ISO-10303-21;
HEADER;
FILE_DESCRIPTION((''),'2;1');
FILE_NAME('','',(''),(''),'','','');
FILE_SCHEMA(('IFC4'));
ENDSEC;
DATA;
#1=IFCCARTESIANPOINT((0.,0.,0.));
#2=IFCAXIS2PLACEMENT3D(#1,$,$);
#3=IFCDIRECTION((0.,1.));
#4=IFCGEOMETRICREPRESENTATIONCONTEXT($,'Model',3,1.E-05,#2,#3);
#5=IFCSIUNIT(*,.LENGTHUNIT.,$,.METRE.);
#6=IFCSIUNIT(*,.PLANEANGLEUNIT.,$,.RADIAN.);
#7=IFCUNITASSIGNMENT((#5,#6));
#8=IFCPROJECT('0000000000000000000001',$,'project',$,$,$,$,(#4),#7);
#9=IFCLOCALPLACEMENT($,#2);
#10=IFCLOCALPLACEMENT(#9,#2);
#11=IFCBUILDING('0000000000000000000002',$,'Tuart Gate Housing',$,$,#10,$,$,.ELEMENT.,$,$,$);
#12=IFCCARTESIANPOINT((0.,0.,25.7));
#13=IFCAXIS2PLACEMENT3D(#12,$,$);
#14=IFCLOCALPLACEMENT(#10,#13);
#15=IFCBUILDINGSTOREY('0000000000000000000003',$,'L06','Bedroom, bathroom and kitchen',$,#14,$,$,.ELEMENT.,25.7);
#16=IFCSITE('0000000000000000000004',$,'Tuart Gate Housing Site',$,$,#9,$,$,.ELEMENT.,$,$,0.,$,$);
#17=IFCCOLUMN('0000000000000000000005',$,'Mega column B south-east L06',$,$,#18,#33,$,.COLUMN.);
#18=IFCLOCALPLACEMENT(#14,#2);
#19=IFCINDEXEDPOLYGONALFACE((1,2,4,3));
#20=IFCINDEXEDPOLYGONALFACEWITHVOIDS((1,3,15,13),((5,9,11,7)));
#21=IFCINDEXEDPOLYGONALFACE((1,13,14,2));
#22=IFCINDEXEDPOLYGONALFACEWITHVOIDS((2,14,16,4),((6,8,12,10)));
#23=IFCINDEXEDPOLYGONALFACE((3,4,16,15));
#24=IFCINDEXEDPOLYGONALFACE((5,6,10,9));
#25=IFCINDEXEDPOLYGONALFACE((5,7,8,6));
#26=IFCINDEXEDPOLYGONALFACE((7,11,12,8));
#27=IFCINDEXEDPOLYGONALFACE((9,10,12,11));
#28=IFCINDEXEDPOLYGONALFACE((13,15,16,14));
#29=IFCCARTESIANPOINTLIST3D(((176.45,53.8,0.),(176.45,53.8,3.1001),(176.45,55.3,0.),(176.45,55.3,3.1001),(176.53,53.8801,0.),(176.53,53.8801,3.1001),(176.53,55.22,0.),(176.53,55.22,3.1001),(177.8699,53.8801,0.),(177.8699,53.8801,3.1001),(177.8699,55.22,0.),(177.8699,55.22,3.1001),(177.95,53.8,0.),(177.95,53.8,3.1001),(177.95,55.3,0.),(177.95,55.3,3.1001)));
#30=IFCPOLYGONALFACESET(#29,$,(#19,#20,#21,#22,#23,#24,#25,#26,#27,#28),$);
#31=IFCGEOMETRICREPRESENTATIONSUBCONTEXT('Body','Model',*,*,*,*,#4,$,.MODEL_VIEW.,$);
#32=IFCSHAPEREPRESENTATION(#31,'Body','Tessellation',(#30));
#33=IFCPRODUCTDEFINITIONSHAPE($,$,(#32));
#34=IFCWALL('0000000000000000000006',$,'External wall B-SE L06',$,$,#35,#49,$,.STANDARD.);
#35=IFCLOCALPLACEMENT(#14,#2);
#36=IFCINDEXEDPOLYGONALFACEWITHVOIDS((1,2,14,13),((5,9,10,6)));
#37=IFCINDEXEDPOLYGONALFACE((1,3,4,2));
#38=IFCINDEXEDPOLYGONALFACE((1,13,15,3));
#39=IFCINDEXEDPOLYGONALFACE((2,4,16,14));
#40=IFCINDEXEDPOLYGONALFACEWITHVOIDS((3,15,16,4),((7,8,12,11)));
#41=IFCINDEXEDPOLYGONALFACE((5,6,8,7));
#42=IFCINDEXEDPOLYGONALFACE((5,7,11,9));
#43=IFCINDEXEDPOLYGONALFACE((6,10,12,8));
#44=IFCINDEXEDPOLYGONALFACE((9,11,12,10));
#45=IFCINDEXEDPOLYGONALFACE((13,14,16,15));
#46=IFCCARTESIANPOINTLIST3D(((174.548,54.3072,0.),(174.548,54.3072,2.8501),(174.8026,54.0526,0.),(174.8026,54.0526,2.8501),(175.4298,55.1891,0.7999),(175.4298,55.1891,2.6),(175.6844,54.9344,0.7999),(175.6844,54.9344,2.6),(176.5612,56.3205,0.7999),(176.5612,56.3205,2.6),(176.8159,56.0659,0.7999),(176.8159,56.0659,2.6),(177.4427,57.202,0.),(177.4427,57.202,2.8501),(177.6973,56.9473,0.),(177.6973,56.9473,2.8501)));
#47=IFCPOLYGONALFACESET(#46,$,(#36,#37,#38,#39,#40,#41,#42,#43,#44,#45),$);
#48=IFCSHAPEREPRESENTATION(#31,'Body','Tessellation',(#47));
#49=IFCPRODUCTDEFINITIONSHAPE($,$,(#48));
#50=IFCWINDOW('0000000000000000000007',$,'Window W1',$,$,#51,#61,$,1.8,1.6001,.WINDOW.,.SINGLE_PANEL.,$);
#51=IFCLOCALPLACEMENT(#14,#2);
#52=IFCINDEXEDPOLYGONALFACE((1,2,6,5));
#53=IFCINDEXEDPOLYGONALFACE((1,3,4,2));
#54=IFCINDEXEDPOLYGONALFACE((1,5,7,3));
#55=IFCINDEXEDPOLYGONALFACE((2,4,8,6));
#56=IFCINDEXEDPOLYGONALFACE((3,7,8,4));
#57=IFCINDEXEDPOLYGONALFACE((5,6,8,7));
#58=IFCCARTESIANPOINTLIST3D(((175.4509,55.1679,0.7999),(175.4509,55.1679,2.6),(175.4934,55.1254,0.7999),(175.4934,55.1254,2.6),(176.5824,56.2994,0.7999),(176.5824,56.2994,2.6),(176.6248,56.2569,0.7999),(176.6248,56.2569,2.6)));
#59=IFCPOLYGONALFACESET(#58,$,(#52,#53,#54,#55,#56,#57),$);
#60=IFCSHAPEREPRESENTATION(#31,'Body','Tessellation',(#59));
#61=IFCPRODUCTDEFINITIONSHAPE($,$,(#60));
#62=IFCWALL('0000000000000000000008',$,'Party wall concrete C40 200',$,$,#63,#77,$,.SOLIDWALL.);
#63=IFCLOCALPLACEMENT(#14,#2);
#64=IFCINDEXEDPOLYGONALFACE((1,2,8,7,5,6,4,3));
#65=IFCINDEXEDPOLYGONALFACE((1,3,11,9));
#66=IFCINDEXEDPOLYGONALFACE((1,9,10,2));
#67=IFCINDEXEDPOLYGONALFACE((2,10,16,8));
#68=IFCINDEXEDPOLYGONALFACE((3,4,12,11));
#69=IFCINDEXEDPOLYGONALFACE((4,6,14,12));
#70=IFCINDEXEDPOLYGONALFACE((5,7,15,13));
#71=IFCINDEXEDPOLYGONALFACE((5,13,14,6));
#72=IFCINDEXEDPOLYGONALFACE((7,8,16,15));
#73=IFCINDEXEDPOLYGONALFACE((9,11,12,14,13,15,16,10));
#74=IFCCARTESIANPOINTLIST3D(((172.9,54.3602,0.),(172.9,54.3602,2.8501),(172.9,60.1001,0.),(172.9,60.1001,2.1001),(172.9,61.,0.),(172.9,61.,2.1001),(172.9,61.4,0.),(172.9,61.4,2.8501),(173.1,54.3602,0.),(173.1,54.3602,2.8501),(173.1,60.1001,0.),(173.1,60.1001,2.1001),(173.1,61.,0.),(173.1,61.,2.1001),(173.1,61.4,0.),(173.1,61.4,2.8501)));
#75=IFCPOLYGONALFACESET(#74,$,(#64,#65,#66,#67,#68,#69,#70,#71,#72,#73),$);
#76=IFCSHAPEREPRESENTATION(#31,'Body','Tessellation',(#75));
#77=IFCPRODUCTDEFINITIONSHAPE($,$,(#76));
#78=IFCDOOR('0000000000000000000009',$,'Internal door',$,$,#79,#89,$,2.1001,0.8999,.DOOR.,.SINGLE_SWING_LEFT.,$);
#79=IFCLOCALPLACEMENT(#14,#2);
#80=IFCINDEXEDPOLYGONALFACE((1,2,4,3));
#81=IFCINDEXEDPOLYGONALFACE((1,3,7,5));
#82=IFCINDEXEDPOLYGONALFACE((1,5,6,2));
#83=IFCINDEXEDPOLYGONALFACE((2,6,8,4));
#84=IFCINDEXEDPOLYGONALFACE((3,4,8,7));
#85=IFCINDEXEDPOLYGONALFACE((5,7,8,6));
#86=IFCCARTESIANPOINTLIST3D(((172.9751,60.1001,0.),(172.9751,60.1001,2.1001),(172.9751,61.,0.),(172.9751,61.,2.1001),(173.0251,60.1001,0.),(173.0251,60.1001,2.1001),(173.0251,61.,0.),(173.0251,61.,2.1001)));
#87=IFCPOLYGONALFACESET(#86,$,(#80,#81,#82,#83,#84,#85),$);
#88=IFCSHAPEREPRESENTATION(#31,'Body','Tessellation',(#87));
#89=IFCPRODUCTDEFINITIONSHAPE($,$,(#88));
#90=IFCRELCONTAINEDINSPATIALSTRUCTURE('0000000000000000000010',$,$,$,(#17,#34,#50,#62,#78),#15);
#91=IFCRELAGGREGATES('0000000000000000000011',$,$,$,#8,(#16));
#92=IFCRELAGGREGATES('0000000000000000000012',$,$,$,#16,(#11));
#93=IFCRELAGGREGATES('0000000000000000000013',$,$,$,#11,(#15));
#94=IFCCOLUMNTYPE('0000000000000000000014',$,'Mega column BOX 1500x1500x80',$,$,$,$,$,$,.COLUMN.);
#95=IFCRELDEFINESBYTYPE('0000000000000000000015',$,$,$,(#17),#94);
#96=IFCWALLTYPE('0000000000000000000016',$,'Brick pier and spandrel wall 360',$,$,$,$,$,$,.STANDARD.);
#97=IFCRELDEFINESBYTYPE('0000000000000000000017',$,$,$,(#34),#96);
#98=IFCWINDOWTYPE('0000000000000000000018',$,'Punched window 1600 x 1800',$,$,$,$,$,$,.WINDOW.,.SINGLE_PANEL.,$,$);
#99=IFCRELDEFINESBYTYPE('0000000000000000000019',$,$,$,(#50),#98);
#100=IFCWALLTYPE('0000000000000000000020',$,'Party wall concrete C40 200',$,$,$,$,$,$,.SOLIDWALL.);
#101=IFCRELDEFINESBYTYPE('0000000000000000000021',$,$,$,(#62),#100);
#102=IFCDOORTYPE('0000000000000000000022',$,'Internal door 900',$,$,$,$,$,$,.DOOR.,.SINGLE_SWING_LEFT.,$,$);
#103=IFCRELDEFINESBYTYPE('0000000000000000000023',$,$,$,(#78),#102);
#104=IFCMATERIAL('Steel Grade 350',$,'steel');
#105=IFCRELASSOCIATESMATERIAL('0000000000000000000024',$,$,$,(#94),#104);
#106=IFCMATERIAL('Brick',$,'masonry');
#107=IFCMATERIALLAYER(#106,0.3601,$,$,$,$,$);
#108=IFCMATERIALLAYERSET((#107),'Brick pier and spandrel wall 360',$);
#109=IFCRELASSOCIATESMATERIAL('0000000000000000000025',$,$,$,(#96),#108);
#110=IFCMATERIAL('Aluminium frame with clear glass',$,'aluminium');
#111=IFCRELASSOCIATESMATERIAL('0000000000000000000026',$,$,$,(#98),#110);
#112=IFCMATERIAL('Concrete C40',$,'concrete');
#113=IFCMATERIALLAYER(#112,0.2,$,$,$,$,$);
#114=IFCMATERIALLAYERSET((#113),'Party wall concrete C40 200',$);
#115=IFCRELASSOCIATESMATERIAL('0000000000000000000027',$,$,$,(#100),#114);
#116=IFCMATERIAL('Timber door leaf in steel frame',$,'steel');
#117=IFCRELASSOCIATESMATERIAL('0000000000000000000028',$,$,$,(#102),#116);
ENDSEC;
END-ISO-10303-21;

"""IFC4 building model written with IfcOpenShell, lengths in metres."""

from ifc_helpers import new_model, si_unit, direction, frame, frame_2d, origin, origin_2d, place, context, subcontext, project, spatial, rectangle, hollow_rectangle, extrude, material, layer, layer_set, material_profile, profile_set, type_object, element, fill, save


model = new_model("IFC4")

# Units and contexts
model_context = context("Model", 3, precision=1e-05, world=origin(), true_north=direction((0.0, 1.0)))
body_context = subcontext(model_context, "Body", "Model", "MODEL_VIEW")
ifc_project = project(units=[si_unit("LENGTHUNIT", "METRE"), si_unit("PLANEANGLEUNIT", "RADIAN")], contexts=[model_context])

# Site, building, storey
site_placement = place(None, origin())
site = spatial("IfcSite", under=ifc_project, at=site_placement, Name="Tuart Gate Housing Site", CompositionType="ELEMENT", RefElevation=0.0)
building_placement = place(site_placement, origin())
building = spatial("IfcBuilding", under=site, at=building_placement, Name="Tuart Gate Housing", CompositionType="ELEMENT")
storey_placement = place(building_placement, frame((0.0, 0.0, 25.7)))
storey = spatial("IfcBuildingStorey", under=building, at=storey_placement, Name="L06", Description="Bedroom, bathroom and kitchen", CompositionType="ELEMENT", Elevation=25.7)

# Column
ifc_material_1 = material(Name="Steel Grade 350", Category="steel")
ifc_material_profile = material_profile(ifc_material_1, hollow_rectangle(XDim=1.5, YDim=1.5, WallThickness=0.0801, at=origin_2d()), Name="BOX 1500x1500x80")
ifc_profile_set = profile_set([ifc_material_profile], Name="Steel Grade 350")
column_type = type_object("IfcColumnType", Name="Mega column BOX 1500x1500x80", PredefinedType="COLUMN", material=ifc_profile_set)
column_placement = place(storey_placement, frame((177.2, 54.55, 0.0), z_axis=(0.0, 0.0, 1.0), x_axis=(1.0, 0.0, 0.0)))
element("IfcColumn", 1, at=column_placement, inside=storey, type_object=column_type, Name="Mega column B south-east L06", PredefinedType="COLUMN", context=body_context, shape_type="SweptSolid", body=[
    extrude(hollow_rectangle(XDim=1.5, YDim=1.5, WallThickness=0.0801, at=origin_2d()), origin(), (0.0, 0.0, 1.0), 3.1001),
])

# Wall, opening, window
ifc_material_2 = material(Name="Brick", Category="masonry")
ifc_layer_1 = layer(ifc_material_2, 0.3601)
ifc_layer_set_1 = layer_set([ifc_layer_1], Name="Brick pier and spandrel wall 360")
wall_type_1 = type_object("IfcWallType", Name="Brick pier and spandrel wall 360", PredefinedType="STANDARD", material=ifc_layer_set_1)
wall_1_placement = place(storey_placement, frame((174.6753, 54.1799, 0.0), z_axis=(0.0, 0.0, 1.0), x_axis=(0.707107, 0.707107, 0.0)))
wall_1 = element("IfcWall", 2, at=wall_1_placement, inside=storey, type_object=wall_type_1, Name="External wall B-SE L06", PredefinedType="STANDARD", context=body_context, shape_type="SweptSolid", body=[
    extrude(rectangle(XDim=4.0938, YDim=0.3601, at=frame_2d((2.0469, 0.0))), origin(), (0.0, 0.0, 1.0), 2.8501),
])
opening_1_placement = place(wall_1_placement, frame((1.2471, 0.0, 0.8)))
opening_1 = element("IfcOpeningElement", 3, at=opening_1_placement, cuts=wall_1, PredefinedType="OPENING", context=body_context, shape_type="SweptSolid", body=[
    extrude(rectangle(XDim=1.6001, YDim=1.8, at=frame_2d((0.8, 0.8999))), frame((0.0, 0.1899, 0.0), z_axis=(0.0, -1.0, 0.0), x_axis=(1.0, 0.0, 0.0)), (0.0, 0.0, 1.0), 0.3801),
])
ifc_material_3 = material(Name="Aluminium frame with clear glass", Category="aluminium")
window_type_1 = type_object("IfcWindowType", Name="Punched window 1600 x 1800", PartitioningType="SINGLE_PANEL", PredefinedType="WINDOW", material=ifc_material_3)
window_1_placement = place(opening_1_placement, origin())
window_1 = element("IfcWindow", 4, at=window_1_placement, inside=storey, type_object=window_type_1, Name="Window W1", OverallHeight=1.8, OverallWidth=1.6001, PartitioningType="SINGLE_PANEL", PredefinedType="WINDOW", context=body_context, shape_type="SweptSolid", body=[
    extrude(rectangle(XDim=1.6001, YDim=1.8, at=frame_2d((0.8, 0.8999))), frame((0.0, 0.1501, 0.0), z_axis=(0.0, -1.0, 0.0), x_axis=(1.0, 0.0, 0.0)), (0.0, 0.0, 1.0), 0.0601),
])
fill(opening_1, window_1)

# Wall, opening, door
ifc_material_4 = material(Name="Concrete C40", Category="concrete")
ifc_layer_2 = layer(ifc_material_4, 0.2)
ifc_layer_set_2 = layer_set([ifc_layer_2], Name="Party wall concrete C40 200")
wall_type_2 = type_object("IfcWallType", Name="Party wall concrete C40 200", PredefinedType="SOLIDWALL", material=ifc_layer_set_2)
wall_2_placement = place(storey_placement, frame((173.0, 54.3601, 0.0), z_axis=(0.0, 0.0, 1.0), x_axis=(0.0, 1.0, 0.0)))
wall_2 = element("IfcWall", 5, at=wall_2_placement, inside=storey, type_object=wall_type_2, Name="Party wall concrete C40 200", PredefinedType="SOLIDWALL", context=body_context, shape_type="SweptSolid", body=[
    extrude(rectangle(XDim=7.0398, YDim=0.2, at=frame_2d((3.52, 0.0))), origin(), (0.0, 0.0, 1.0), 2.8501),
])
opening_2_placement = place(wall_2_placement, frame((5.74, 0.0, 0.0)))
opening_2 = element("IfcOpeningElement", 6, at=opening_2_placement, cuts=wall_2, PredefinedType="OPENING", context=body_context, shape_type="SweptSolid", body=[
    extrude(rectangle(XDim=0.8999, YDim=2.1001, at=frame_2d((0.45, 1.05))), frame((0.0, 0.1099, 0.0), z_axis=(0.0, -1.0, 0.0), x_axis=(1.0, 0.0, 0.0)), (0.0, 0.0, 1.0), 0.22),
])
ifc_material_5 = material(Name="Timber door leaf in steel frame", Category="steel")
door_type = type_object("IfcDoorType", Name="Internal door 900", OperationType="SINGLE_SWING_LEFT", PredefinedType="DOOR", material=ifc_material_5)
door_placement = place(opening_2_placement, frame((0.8999, 0.0, 0.0), z_axis=(0.0, 0.0, 1.0), x_axis=(-1.0, 0.0, 0.0)))
door = element("IfcDoor", 7, at=door_placement, inside=storey, type_object=door_type, Name="Internal door", OperationType="SINGLE_SWING_LEFT", OverallHeight=2.1001, OverallWidth=0.8999, PredefinedType="DOOR", context=body_context, shape_type="SweptSolid", body=[
    extrude(rectangle(XDim=0.8999, YDim=2.1001, at=frame_2d((0.45, 1.05))), frame((0.0, 0.0251, 0.0), z_axis=(0.0, -1.0, 0.0), x_axis=(1.0, 0.0, 0.0)), (0.0, 0.0, 1.0), 0.05),
])
fill(opening_2, door)

save(model, "model.ifc")
